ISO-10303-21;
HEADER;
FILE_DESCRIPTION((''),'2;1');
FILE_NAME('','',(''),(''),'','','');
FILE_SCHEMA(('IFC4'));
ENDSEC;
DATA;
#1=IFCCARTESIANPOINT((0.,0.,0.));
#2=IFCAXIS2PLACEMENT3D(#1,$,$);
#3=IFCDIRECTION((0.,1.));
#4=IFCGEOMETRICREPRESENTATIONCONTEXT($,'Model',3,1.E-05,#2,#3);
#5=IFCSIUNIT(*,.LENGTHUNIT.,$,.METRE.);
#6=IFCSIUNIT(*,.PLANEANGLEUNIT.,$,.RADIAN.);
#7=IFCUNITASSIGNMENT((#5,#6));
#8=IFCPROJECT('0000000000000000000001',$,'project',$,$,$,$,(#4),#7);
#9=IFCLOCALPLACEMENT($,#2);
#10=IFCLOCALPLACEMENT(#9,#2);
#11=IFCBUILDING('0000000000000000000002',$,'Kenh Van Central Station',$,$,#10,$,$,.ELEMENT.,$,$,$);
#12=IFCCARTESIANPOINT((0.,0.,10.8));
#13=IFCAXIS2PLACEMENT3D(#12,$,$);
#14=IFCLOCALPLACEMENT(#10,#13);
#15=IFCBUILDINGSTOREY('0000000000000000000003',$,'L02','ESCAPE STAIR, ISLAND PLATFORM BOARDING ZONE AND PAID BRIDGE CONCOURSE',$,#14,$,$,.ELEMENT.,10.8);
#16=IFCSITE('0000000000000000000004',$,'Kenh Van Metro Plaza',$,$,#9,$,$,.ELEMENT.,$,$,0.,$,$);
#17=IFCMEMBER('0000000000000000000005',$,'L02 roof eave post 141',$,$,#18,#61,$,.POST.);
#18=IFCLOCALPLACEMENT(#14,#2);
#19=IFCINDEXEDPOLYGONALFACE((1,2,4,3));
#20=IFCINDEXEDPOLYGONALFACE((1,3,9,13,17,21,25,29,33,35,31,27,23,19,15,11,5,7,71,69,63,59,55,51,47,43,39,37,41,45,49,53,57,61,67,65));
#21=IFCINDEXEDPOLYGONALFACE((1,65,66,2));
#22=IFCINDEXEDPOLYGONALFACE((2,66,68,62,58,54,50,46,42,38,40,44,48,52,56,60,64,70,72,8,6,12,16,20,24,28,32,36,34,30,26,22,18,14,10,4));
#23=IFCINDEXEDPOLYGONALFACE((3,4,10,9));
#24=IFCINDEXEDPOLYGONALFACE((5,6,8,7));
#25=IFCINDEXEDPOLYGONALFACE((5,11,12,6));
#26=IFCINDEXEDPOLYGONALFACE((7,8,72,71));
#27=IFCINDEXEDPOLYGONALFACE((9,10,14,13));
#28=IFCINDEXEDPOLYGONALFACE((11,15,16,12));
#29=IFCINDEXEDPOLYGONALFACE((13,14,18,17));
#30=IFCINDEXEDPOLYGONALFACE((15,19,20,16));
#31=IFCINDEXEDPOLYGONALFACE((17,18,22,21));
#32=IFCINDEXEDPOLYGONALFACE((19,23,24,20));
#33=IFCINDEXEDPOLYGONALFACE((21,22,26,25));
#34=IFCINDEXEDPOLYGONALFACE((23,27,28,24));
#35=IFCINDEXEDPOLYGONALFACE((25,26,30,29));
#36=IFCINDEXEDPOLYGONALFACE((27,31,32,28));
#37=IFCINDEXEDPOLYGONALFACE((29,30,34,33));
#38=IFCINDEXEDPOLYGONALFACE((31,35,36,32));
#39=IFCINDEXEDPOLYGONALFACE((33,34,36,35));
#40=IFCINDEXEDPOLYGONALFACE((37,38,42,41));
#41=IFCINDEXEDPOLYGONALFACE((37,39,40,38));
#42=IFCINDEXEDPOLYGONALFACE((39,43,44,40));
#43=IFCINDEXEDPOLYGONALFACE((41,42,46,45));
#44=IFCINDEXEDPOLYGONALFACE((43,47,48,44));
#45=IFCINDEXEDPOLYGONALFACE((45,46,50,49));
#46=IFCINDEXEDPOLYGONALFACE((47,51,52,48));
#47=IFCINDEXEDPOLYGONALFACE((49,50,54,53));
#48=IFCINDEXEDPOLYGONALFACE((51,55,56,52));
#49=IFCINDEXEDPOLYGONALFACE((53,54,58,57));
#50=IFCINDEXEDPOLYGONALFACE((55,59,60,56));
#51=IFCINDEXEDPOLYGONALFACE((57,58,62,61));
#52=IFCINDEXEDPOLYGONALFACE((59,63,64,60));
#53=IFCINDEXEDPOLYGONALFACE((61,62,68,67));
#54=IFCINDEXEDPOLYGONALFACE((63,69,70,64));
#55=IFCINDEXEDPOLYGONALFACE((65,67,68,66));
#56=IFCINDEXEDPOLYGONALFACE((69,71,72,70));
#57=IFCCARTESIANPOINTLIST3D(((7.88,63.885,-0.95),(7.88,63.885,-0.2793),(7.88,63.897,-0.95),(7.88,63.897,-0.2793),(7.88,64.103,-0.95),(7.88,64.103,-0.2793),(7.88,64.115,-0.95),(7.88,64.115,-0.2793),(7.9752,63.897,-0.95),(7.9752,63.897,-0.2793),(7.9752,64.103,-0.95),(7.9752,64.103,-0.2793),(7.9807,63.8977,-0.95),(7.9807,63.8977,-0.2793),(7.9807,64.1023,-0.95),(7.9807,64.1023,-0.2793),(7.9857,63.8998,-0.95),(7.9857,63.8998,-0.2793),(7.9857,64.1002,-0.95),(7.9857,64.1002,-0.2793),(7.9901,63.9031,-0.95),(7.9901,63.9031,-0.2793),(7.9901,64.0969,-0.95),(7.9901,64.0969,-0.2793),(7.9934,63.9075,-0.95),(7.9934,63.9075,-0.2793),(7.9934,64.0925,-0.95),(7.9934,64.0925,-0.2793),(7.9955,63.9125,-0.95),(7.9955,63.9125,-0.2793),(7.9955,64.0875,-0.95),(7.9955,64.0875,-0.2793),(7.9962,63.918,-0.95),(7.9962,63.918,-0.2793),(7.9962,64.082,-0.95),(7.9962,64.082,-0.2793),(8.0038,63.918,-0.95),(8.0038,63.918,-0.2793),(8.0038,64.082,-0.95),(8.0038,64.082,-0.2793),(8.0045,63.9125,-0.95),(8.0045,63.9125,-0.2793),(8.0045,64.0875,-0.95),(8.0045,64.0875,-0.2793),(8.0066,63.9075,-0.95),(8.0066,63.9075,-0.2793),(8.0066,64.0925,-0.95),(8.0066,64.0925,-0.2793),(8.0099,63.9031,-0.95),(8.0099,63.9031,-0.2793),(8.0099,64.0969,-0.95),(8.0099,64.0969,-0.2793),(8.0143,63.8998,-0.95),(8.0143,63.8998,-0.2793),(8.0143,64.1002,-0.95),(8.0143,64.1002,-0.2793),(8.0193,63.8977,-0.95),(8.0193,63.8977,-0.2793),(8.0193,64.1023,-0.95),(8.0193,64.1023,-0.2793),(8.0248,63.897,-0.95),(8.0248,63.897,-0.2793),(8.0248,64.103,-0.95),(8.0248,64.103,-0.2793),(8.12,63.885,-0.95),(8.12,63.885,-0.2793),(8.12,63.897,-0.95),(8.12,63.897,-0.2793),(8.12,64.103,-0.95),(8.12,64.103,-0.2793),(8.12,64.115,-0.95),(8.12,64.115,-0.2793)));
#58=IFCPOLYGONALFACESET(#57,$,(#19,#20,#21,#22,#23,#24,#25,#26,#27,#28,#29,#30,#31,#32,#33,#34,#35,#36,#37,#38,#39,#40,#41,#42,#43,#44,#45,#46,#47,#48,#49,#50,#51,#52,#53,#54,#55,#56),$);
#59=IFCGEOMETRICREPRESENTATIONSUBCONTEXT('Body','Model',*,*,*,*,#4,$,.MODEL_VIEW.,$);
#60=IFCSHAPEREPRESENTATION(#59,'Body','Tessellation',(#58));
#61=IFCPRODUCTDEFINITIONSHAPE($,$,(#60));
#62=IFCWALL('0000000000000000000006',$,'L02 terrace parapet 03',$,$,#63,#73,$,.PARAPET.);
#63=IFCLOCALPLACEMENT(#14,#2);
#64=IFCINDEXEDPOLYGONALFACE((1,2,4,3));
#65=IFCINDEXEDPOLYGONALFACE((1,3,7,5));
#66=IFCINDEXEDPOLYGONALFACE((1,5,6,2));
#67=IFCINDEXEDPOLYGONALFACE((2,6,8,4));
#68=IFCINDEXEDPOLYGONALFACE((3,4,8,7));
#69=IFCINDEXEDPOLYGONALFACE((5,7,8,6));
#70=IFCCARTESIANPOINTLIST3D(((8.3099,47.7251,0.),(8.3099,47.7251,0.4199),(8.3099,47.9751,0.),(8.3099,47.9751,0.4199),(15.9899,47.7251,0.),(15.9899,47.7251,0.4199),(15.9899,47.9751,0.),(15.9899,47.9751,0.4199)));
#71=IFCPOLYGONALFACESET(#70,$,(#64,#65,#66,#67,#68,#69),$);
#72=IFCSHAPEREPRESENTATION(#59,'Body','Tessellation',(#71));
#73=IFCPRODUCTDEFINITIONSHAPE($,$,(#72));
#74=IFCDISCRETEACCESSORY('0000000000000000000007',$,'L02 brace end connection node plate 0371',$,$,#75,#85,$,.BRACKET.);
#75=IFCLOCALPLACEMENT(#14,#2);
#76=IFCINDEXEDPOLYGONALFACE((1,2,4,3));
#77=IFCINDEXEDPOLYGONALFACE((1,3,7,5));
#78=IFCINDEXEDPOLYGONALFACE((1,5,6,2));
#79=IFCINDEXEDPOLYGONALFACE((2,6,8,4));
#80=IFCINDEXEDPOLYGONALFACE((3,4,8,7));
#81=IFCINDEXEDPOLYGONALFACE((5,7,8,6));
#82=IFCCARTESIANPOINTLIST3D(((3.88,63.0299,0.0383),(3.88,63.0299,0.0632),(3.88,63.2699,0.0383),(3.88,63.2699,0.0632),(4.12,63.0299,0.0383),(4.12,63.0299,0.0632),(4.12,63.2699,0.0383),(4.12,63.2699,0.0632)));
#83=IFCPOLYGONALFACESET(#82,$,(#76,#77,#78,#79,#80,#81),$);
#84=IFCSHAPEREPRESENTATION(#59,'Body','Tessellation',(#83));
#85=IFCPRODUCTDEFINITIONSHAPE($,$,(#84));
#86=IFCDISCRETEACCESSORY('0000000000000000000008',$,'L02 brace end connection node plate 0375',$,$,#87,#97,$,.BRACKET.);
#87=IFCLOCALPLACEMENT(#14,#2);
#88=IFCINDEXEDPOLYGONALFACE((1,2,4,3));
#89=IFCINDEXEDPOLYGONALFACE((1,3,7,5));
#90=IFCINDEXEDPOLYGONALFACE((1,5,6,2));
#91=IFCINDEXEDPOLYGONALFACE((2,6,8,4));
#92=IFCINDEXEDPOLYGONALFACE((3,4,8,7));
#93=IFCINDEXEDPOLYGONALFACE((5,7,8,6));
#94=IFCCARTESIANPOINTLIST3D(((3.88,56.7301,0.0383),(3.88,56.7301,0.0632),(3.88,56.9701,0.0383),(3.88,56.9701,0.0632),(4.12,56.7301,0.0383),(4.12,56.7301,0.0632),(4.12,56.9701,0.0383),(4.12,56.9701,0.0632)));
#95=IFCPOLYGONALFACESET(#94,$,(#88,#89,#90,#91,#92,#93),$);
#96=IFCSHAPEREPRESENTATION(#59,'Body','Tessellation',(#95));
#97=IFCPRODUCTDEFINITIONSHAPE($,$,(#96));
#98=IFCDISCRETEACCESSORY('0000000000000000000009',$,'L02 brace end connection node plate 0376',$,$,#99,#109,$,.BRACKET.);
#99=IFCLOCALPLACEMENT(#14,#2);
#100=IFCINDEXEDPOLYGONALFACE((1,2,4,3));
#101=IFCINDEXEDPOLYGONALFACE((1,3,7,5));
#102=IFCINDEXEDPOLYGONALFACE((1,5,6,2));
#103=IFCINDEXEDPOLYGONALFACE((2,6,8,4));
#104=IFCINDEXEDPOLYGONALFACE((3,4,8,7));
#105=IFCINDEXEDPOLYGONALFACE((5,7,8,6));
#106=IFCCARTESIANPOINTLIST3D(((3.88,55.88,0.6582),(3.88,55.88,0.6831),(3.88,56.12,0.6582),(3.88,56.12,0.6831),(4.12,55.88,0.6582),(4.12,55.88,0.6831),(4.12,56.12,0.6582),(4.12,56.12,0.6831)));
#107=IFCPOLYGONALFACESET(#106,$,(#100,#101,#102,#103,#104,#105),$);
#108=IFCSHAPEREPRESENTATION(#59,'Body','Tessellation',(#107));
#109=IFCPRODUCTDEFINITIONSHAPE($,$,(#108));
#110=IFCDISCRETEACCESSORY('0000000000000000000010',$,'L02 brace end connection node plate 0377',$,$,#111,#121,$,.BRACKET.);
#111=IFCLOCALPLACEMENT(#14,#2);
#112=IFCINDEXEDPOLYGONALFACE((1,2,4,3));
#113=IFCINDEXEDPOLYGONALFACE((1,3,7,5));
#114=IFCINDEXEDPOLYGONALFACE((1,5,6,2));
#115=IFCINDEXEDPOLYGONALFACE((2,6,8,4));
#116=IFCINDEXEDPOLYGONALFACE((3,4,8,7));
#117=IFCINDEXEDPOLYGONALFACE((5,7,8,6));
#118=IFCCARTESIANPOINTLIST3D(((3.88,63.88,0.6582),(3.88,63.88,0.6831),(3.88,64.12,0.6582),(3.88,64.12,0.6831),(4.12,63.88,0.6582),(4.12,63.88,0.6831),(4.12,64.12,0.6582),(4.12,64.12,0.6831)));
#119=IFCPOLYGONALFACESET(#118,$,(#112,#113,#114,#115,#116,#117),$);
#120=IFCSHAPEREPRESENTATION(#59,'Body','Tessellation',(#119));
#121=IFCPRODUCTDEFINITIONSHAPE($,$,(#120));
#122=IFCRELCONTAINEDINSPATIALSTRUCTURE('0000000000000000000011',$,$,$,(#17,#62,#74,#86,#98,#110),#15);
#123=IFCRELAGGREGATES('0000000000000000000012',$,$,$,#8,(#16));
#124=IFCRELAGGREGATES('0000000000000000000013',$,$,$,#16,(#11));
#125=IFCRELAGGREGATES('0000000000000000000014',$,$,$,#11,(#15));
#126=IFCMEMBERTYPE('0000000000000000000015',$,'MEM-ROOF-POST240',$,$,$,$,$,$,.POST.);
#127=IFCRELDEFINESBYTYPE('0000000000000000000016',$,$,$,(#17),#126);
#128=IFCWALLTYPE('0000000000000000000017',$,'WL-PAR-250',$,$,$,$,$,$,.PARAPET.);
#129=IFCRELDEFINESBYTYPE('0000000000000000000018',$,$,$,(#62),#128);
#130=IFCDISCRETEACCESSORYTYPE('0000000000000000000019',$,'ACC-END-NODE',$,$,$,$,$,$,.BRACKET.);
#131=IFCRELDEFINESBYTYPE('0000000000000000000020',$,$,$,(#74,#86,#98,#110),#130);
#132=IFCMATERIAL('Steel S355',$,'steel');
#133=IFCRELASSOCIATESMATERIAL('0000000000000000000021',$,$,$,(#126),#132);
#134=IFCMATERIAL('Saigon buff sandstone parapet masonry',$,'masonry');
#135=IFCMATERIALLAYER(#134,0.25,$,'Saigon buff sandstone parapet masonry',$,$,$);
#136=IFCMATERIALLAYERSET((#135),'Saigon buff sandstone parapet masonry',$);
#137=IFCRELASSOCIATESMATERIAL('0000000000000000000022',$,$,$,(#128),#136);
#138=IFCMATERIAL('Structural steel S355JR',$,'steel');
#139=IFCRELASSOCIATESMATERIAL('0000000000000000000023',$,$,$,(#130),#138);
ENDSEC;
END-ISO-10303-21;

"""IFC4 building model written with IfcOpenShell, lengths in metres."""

from ifc_helpers import new_model, si_unit, direction, frame, frame_2d, origin, origin_2d, place, context, subcontext, project, spatial, rectangle, i_section, extrude, material, layer, layer_set, material_profile, profile_set, type_object, element, save


model = new_model("IFC4")

# Units and contexts
model_context = context("Model", 3, precision=1e-05, world=origin(), true_north=direction((0.0, 1.0)))
body_context = subcontext(model_context, "Body", "Model", "MODEL_VIEW")
ifc_project = project(units=[si_unit("LENGTHUNIT", "METRE"), si_unit("PLANEANGLEUNIT", "RADIAN")], contexts=[model_context])

# Site, building, storey
site_placement = place(None, origin())
site = spatial("IfcSite", under=ifc_project, at=site_placement, Name="Kenh Van Metro Plaza", CompositionType="ELEMENT", RefElevation=0.0)
building_placement = place(site_placement, origin())
building = spatial("IfcBuilding", under=site, at=building_placement, Name="Kenh Van Central Station", CompositionType="ELEMENT")
storey_placement = place(building_placement, frame((0.0, 0.0, 10.8)))
storey = spatial("IfcBuildingStorey", under=building, at=storey_placement, Name="L02", Description="ESCAPE STAIR, ISLAND PLATFORM BOARDING ZONE AND PAID BRIDGE CONCOURSE", CompositionType="ELEMENT", Elevation=10.8)

# Shared definitions
ifc_material_1 = material(Name="Steel S355", Category="steel")

# Member
ifc_material_profile_1 = material_profile(ifc_material_1, i_section(OverallWidth=0.24, OverallDepth=0.23, WebThickness=0.0076, FlangeThickness=0.012, FilletRadius=0.021, at=origin_2d()), Name="HEA 240")
ifc_profile_set_1 = profile_set([ifc_material_profile_1], Name="Steel S355")
member_type_1 = type_object("IfcMemberType", Name="MEM-ROOF-POST240", PredefinedType="POST", material=ifc_profile_set_1)
for number, where, z_axis, x_axis, name in (
    (1, (8.0, 64.0, -0.95), (0.0, 0.0, 1.0), (1.0, 0.0, 0.0), "L02 roof eave post 141"),
):
    element("IfcMember", number, at=place(storey_placement, frame(where, z_axis=z_axis, x_axis=x_axis)), inside=storey, type_object=member_type_1, Name=name, PredefinedType="POST", context=body_context, shape_type="SweptSolid", body=[
        extrude(i_section(OverallWidth=0.24, OverallDepth=0.23, WebThickness=0.0076, FlangeThickness=0.012, FilletRadius=0.021, at=origin_2d()), origin(), (0.0, 0.0, 1.0), 0.6707),
    ])

# Wall
ifc_material_2 = material(Name="Saigon buff sandstone parapet masonry", Category="masonry")
ifc_layer = layer(ifc_material_2, 0.25, Name="Saigon buff sandstone parapet masonry")
ifc_layer_set = layer_set([ifc_layer], Name="Saigon buff sandstone parapet masonry")
wall_type = type_object("IfcWallType", Name="WL-PAR-250", PredefinedType="PARAPET", material=ifc_layer_set)
wall_placement = place(storey_placement, frame((8.3101, 47.8501, 0.0), z_axis=(0.0, 0.0, 1.0), x_axis=(1.0, 0.0, 0.0)))
element("IfcWall", 2, at=wall_placement, inside=storey, type_object=wall_type, Name="L02 terrace parapet 03", PredefinedType="PARAPET", context=body_context, shape_type="SweptSolid", body=[
    extrude(rectangle(XDim=7.6799, YDim=0.25, at=frame_2d((3.8398, 0.0))), origin(), (0.0, 0.0, 1.0), 0.4199),
])

# Discrete accessories
ifc_material_3 = material(Name="Structural steel S355JR", Category="steel")
discrete_accessory_type = type_object("IfcDiscreteAccessoryType", Name="ACC-END-NODE", PredefinedType="BRACKET", material=ifc_material_3)
for number, where, z_axis, x_axis, name in (
    (3, (4.0, 63.1499, 0.0383), (0.0, 0.0, 1.0), (1.0, 0.0, 0.0), "L02 brace end connection node plate 0371"),
    (4, (4.0, 56.8501, 0.0383), (0.0, 0.0, 1.0), (1.0, 0.0, 0.0), "L02 brace end connection node plate 0375"),
    (5, (4.0, 56.0, 0.6582), (0.0, 0.0, 1.0), (1.0, 0.0, 0.0), "L02 brace end connection node plate 0376"),
    (6, (4.0, 64.0, 0.6582), (0.0, 0.0, 1.0), (1.0, 0.0, 0.0), "L02 brace end connection node plate 0377"),
):
    element("IfcDiscreteAccessory", number, at=place(storey_placement, frame(where, z_axis=z_axis, x_axis=x_axis)), inside=storey, type_object=discrete_accessory_type, Name=name, PredefinedType="BRACKET", context=body_context, shape_type="SweptSolid", body=[
        extrude(rectangle(XDim=0.24, YDim=0.24, at=origin_2d()), origin(), (0.0, 0.0, 1.0), 0.0249),
    ])

save(model, "model.ifc")
